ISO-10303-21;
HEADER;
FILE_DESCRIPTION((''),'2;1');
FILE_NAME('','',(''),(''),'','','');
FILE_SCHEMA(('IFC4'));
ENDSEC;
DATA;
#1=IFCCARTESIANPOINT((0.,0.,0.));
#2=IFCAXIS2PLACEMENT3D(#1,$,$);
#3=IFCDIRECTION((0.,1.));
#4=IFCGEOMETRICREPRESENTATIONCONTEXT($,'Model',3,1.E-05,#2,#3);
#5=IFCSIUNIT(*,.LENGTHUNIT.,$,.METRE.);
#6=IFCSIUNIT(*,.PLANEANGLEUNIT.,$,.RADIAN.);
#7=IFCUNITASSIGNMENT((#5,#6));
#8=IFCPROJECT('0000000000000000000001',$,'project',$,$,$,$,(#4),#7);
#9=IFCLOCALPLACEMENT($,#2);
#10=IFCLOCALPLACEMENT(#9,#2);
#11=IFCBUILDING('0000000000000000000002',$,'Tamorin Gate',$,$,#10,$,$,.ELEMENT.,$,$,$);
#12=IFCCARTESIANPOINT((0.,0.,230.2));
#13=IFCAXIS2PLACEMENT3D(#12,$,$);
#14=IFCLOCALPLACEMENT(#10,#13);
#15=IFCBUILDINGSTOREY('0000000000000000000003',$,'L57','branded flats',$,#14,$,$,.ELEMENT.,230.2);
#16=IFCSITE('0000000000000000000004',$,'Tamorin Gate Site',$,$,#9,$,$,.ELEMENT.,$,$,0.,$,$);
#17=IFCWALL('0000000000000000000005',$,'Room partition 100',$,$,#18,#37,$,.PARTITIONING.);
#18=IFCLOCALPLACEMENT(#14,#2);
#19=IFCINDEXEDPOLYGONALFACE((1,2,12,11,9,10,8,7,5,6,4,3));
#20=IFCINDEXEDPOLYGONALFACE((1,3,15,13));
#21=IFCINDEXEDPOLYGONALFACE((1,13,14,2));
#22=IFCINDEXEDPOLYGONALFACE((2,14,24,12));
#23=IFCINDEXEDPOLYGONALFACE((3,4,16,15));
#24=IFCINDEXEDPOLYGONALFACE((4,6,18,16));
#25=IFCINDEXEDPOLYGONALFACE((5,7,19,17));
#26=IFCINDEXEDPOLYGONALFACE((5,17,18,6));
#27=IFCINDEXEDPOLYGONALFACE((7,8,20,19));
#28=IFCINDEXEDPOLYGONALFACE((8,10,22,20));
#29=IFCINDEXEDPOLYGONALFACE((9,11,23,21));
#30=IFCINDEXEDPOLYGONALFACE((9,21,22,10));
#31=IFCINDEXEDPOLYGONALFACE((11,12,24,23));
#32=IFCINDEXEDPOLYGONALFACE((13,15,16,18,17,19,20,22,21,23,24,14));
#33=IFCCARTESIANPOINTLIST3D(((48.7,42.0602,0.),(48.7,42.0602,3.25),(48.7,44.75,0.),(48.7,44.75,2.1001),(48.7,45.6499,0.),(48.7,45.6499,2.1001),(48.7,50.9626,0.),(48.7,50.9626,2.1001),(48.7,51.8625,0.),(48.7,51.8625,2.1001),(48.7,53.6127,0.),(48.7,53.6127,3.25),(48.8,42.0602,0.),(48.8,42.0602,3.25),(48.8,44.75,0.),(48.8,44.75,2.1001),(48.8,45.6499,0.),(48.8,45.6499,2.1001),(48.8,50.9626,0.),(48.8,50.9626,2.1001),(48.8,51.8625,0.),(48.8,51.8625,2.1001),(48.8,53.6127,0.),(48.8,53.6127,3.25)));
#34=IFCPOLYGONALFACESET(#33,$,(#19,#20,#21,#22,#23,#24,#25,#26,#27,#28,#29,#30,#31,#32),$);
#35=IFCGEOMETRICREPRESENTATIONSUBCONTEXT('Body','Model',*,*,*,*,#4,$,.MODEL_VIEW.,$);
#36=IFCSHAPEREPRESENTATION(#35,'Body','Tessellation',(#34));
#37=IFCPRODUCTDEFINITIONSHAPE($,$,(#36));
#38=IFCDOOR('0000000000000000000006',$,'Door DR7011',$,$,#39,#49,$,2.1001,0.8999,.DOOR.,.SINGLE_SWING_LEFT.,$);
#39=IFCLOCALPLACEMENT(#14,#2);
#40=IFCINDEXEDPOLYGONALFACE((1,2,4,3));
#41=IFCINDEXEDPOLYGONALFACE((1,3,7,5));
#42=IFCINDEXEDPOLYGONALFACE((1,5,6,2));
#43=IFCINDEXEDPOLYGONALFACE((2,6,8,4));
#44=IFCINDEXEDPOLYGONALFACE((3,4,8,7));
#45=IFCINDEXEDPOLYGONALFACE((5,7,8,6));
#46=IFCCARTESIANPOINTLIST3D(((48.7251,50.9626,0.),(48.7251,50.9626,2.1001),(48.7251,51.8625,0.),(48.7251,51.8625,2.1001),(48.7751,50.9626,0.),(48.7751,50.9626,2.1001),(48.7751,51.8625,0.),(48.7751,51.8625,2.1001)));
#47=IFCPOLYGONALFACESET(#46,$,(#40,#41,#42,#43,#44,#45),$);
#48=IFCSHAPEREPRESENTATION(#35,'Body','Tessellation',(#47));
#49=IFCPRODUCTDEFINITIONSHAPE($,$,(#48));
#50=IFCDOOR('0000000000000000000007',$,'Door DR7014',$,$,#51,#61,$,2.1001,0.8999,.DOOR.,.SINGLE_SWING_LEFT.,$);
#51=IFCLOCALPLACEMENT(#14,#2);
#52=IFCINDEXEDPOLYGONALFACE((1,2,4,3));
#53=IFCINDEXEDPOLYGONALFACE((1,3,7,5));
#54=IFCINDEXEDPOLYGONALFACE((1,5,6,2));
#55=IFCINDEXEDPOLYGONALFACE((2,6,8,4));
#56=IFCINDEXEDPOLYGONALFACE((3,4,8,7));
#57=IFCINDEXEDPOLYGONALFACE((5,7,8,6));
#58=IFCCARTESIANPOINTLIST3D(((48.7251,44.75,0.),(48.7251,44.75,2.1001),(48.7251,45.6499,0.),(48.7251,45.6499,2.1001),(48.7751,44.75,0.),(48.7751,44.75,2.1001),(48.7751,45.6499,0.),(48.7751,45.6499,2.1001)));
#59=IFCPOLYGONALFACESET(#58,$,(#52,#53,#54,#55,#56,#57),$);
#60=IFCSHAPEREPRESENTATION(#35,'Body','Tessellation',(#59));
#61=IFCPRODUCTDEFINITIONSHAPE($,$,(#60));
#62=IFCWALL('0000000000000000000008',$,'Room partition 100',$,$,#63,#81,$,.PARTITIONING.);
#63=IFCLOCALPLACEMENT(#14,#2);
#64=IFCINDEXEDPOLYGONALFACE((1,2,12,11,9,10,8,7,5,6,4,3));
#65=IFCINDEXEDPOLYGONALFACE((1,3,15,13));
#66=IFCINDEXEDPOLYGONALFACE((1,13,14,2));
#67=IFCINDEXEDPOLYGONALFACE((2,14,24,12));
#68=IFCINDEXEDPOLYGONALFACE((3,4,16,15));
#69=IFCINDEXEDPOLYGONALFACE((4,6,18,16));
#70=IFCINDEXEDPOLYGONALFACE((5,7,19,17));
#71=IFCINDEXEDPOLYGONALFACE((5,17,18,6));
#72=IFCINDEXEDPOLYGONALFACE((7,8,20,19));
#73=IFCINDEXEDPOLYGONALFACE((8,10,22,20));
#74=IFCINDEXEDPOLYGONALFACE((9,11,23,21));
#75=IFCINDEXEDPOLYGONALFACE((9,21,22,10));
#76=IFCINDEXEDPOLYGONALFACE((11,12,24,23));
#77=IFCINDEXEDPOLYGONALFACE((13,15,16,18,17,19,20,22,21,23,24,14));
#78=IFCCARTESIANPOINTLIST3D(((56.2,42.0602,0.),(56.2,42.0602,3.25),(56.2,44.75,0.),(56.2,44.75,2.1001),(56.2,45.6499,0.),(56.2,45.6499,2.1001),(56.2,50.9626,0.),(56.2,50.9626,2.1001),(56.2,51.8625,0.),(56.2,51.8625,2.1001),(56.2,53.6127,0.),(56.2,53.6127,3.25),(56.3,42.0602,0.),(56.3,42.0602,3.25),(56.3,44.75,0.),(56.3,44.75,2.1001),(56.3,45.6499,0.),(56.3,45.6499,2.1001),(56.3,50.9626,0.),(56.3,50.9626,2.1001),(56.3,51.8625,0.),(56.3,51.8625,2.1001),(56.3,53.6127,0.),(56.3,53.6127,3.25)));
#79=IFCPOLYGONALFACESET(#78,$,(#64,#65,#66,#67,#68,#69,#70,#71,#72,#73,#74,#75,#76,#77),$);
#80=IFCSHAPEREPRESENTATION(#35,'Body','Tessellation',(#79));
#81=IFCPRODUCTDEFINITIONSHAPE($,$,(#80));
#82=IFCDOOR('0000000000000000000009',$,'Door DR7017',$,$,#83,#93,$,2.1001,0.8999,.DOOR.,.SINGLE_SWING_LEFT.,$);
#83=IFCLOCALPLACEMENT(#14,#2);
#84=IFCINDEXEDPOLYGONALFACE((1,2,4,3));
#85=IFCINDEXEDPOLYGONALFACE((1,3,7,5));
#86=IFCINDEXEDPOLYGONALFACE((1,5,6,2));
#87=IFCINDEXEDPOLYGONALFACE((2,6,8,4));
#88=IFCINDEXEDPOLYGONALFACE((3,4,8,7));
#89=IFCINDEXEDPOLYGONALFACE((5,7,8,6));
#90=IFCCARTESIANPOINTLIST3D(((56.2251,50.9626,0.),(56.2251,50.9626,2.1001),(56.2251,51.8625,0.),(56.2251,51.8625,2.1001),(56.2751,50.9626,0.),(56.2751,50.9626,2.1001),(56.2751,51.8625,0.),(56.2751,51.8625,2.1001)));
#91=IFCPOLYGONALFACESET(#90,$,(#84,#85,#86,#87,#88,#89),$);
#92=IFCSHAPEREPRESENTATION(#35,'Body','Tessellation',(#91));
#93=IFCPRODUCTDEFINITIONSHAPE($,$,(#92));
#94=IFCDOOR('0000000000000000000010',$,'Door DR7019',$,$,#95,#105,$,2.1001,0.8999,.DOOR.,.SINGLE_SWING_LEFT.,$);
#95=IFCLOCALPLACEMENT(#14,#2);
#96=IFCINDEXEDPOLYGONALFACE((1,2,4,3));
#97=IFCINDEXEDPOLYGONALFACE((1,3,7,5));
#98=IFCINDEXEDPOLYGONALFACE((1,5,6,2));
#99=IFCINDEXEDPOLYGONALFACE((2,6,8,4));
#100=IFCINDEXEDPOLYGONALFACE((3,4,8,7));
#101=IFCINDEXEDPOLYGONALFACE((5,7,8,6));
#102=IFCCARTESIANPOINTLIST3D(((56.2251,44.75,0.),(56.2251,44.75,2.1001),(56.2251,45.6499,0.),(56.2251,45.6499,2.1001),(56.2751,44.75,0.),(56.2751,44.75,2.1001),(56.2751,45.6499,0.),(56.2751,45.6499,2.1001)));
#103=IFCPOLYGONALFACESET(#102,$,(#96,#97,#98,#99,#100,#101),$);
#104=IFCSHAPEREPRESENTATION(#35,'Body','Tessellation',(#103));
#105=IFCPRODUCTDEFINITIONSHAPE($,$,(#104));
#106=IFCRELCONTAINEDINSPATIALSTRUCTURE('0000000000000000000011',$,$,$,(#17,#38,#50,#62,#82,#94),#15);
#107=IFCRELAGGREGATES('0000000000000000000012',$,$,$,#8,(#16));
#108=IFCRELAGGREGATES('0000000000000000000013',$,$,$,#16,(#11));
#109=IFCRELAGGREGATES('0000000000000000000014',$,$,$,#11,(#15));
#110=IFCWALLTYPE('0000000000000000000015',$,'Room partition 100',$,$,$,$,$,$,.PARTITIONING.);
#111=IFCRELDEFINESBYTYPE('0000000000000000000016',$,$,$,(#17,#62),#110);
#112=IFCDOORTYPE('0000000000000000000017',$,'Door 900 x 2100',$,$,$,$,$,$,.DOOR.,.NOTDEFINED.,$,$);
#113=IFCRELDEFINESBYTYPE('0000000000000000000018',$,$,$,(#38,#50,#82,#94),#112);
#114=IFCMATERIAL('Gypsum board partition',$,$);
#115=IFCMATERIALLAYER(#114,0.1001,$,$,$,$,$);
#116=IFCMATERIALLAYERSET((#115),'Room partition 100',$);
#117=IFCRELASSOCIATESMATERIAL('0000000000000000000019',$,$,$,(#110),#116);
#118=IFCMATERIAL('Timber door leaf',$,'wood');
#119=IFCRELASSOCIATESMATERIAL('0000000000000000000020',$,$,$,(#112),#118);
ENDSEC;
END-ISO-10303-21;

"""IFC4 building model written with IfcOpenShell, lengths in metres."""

from ifc_helpers import new_model, si_unit, direction, frame, frame_2d, origin, place, context, subcontext, project, spatial, rectangle, extrude, material, layer, layer_set, type_object, element, fill, save


model = new_model("IFC4")

# Units and contexts
model_context = context("Model", 3, precision=1e-05, world=origin(), true_north=direction((0.0, 1.0)))
body_context = subcontext(model_context, "Body", "Model", "MODEL_VIEW")
ifc_project = project(units=[si_unit("LENGTHUNIT", "METRE"), si_unit("PLANEANGLEUNIT", "RADIAN")], contexts=[model_context])

# Site, building, storey
site_placement = place(None, origin())
site = spatial("IfcSite", under=ifc_project, at=site_placement, Name="Tamorin Gate Site", CompositionType="ELEMENT", RefElevation=0.0)
building_placement = place(site_placement, origin())
building = spatial("IfcBuilding", under=site, at=building_placement, Name="Tamorin Gate", CompositionType="ELEMENT")
storey_placement = place(building_placement, frame((0.0, 0.0, 230.2)))
storey = spatial("IfcBuildingStorey", under=building, at=storey_placement, Name="L57", Description="branded flats", CompositionType="ELEMENT", Elevation=230.2)

# Shared definitions
ifc_material_1 = material(Name="Gypsum board partition")

# Shared definitions
ifc_layer_1 = layer(ifc_material_1, 0.1001)
ifc_layer_set_1 = layer_set([ifc_layer_1], Name="Room partition 100")
wall_type_1 = type_object("IfcWallType", Name="Room partition 100", PredefinedType="PARTITIONING", material=ifc_layer_set_1)
ifc_material_2 = material(Name="Timber door leaf", Category="wood")
door_type = type_object("IfcDoorType", Name="Door 900 x 2100", OperationType="NOTDEFINED", PredefinedType="DOOR", material=ifc_material_2)

# Walls, openings, doors
wall_1_placement = place(storey_placement, frame((48.75, 42.0601, 0.0), z_axis=(0.0, 0.0, 1.0), x_axis=(0.0, 1.0, 0.0)))
wall_1 = element("IfcWall", 1, at=wall_1_placement, inside=storey, type_object=wall_type_1, Name="Room partition 100", PredefinedType="PARTITIONING", context=body_context, shape_type="SweptSolid", body=[
    extrude(rectangle(XDim=11.5525, YDim=0.1001, at=frame_2d((5.7764, 0.0))), origin(), (0.0, 0.0, 1.0), 3.25),
])
opening_1_placement = place(wall_1_placement, frame((8.9026, 0.0, 0.0)))
opening_1 = element("IfcOpeningElement", 2, at=opening_1_placement, cuts=wall_1, PredefinedType="OPENING", context=body_context, shape_type="SweptSolid", body=[
    extrude(rectangle(XDim=0.8999, YDim=2.1001, at=frame_2d((0.45, 1.05))), frame((0.0, 0.0601, 0.0), z_axis=(0.0, -1.0, 0.0), x_axis=(1.0, 0.0, 0.0)), (0.0, 0.0, 1.0), 0.1201),
])
opening_2_placement = place(wall_1_placement, frame((2.6899, 0.0, 0.0)))
opening_2 = element("IfcOpeningElement", 3, at=opening_2_placement, cuts=wall_1, PredefinedType="OPENING", context=body_context, shape_type="SweptSolid", body=[
    extrude(rectangle(XDim=0.8999, YDim=2.1001, at=frame_2d((0.45, 1.05))), frame((0.0, 0.0601, 0.0), z_axis=(0.0, -1.0, 0.0), x_axis=(1.0, 0.0, 0.0)), (0.0, 0.0, 1.0), 0.1201),
])
door_1_placement = place(opening_1_placement, origin())
door_1 = element("IfcDoor", 4, at=door_1_placement, inside=storey, type_object=door_type, Name="Door DR7011", OperationType="SINGLE_SWING_LEFT", OverallHeight=2.1001, OverallWidth=0.8999, PredefinedType="DOOR", context=body_context, shape_type="SweptSolid", body=[
    extrude(rectangle(XDim=0.8999, YDim=2.1001, at=frame_2d((0.45, 1.05))), frame((0.0, 0.0249, 0.0), z_axis=(0.0, -1.0, 0.0), x_axis=(1.0, 0.0, 0.0)), (0.0, 0.0, 1.0), 0.05),
])
fill(opening_1, door_1)
door_2_placement = place(opening_2_placement, origin())
door_2 = element("IfcDoor", 5, at=door_2_placement, inside=storey, type_object=door_type, Name="Door DR7014", OperationType="SINGLE_SWING_LEFT", OverallHeight=2.1001, OverallWidth=0.8999, PredefinedType="DOOR", context=body_context, shape_type="SweptSolid", body=[
    extrude(rectangle(XDim=0.8999, YDim=2.1001, at=frame_2d((0.45, 1.05))), frame((0.0, 0.0249, 0.0), z_axis=(0.0, -1.0, 0.0), x_axis=(1.0, 0.0, 0.0)), (0.0, 0.0, 1.0), 0.05),
])
fill(opening_2, door_2)
wall_2_placement = place(storey_placement, frame((56.25, 42.0601, 0.0), z_axis=(0.0, 0.0, 1.0), x_axis=(0.0, 1.0, 0.0)))
wall_2 = element("IfcWall", 6, at=wall_2_placement, inside=storey, type_object=wall_type_1, Name="Room partition 100", PredefinedType="PARTITIONING", context=body_context, shape_type="SweptSolid", body=[
    extrude(rectangle(XDim=11.5525, YDim=0.1001, at=frame_2d((5.7764, 0.0))), origin(), (0.0, 0.0, 1.0), 3.25),
])
opening_3_placement = place(wall_2_placement, frame((8.9026, 0.0, 0.0)))
opening_3 = element("IfcOpeningElement", 7, at=opening_3_placement, cuts=wall_2, PredefinedType="OPENING", context=body_context, shape_type="SweptSolid", body=[
    extrude(rectangle(XDim=0.8999, YDim=2.1001, at=frame_2d((0.45, 1.05))), frame((0.0, 0.0601, 0.0), z_axis=(0.0, -1.0, 0.0), x_axis=(1.0, 0.0, 0.0)), (0.0, 0.0, 1.0), 0.1201),
])
opening_4_placement = place(wall_2_placement, frame((2.6899, 0.0, 0.0)))
opening_4 = element("IfcOpeningElement", 8, at=opening_4_placement, cuts=wall_2, PredefinedType="OPENING", context=body_context, shape_type="SweptSolid", body=[
    extrude(rectangle(XDim=0.8999, YDim=2.1001, at=frame_2d((0.45, 1.05))), frame((0.0, 0.0601, 0.0), z_axis=(0.0, -1.0, 0.0), x_axis=(1.0, 0.0, 0.0)), (0.0, 0.0, 1.0), 0.1201),
])
door_3_placement = place(opening_3_placement, origin())
door_3 = element("IfcDoor", 9, at=door_3_placement, inside=storey, type_object=door_type, Name="Door DR7017", OperationType="SINGLE_SWING_LEFT", OverallHeight=2.1001, OverallWidth=0.8999, PredefinedType="DOOR", context=body_context, shape_type="SweptSolid", body=[
    extrude(rectangle(XDim=0.8999, YDim=2.1001, at=frame_2d((0.45, 1.05))), frame((0.0, 0.0249, 0.0), z_axis=(0.0, -1.0, 0.0), x_axis=(1.0, 0.0, 0.0)), (0.0, 0.0, 1.0), 0.05),
])
fill(opening_3, door_3)
door_4_placement = place(opening_4_placement, origin())
door_4 = element("IfcDoor", 10, at=door_4_placement, inside=storey, type_object=door_type, Name="Door DR7019", OperationType="SINGLE_SWING_LEFT", OverallHeight=2.1001, OverallWidth=0.8999, PredefinedType="DOOR", context=body_context, shape_type="SweptSolid", body=[
    extrude(rectangle(XDim=0.8999, YDim=2.1001, at=frame_2d((0.45, 1.05))), frame((0.0, 0.0249, 0.0), z_axis=(0.0, -1.0, 0.0), x_axis=(1.0, 0.0, 0.0)), (0.0, 0.0, 1.0), 0.05),
])
fill(opening_4, door_4)

save(model, "model.ifc")
